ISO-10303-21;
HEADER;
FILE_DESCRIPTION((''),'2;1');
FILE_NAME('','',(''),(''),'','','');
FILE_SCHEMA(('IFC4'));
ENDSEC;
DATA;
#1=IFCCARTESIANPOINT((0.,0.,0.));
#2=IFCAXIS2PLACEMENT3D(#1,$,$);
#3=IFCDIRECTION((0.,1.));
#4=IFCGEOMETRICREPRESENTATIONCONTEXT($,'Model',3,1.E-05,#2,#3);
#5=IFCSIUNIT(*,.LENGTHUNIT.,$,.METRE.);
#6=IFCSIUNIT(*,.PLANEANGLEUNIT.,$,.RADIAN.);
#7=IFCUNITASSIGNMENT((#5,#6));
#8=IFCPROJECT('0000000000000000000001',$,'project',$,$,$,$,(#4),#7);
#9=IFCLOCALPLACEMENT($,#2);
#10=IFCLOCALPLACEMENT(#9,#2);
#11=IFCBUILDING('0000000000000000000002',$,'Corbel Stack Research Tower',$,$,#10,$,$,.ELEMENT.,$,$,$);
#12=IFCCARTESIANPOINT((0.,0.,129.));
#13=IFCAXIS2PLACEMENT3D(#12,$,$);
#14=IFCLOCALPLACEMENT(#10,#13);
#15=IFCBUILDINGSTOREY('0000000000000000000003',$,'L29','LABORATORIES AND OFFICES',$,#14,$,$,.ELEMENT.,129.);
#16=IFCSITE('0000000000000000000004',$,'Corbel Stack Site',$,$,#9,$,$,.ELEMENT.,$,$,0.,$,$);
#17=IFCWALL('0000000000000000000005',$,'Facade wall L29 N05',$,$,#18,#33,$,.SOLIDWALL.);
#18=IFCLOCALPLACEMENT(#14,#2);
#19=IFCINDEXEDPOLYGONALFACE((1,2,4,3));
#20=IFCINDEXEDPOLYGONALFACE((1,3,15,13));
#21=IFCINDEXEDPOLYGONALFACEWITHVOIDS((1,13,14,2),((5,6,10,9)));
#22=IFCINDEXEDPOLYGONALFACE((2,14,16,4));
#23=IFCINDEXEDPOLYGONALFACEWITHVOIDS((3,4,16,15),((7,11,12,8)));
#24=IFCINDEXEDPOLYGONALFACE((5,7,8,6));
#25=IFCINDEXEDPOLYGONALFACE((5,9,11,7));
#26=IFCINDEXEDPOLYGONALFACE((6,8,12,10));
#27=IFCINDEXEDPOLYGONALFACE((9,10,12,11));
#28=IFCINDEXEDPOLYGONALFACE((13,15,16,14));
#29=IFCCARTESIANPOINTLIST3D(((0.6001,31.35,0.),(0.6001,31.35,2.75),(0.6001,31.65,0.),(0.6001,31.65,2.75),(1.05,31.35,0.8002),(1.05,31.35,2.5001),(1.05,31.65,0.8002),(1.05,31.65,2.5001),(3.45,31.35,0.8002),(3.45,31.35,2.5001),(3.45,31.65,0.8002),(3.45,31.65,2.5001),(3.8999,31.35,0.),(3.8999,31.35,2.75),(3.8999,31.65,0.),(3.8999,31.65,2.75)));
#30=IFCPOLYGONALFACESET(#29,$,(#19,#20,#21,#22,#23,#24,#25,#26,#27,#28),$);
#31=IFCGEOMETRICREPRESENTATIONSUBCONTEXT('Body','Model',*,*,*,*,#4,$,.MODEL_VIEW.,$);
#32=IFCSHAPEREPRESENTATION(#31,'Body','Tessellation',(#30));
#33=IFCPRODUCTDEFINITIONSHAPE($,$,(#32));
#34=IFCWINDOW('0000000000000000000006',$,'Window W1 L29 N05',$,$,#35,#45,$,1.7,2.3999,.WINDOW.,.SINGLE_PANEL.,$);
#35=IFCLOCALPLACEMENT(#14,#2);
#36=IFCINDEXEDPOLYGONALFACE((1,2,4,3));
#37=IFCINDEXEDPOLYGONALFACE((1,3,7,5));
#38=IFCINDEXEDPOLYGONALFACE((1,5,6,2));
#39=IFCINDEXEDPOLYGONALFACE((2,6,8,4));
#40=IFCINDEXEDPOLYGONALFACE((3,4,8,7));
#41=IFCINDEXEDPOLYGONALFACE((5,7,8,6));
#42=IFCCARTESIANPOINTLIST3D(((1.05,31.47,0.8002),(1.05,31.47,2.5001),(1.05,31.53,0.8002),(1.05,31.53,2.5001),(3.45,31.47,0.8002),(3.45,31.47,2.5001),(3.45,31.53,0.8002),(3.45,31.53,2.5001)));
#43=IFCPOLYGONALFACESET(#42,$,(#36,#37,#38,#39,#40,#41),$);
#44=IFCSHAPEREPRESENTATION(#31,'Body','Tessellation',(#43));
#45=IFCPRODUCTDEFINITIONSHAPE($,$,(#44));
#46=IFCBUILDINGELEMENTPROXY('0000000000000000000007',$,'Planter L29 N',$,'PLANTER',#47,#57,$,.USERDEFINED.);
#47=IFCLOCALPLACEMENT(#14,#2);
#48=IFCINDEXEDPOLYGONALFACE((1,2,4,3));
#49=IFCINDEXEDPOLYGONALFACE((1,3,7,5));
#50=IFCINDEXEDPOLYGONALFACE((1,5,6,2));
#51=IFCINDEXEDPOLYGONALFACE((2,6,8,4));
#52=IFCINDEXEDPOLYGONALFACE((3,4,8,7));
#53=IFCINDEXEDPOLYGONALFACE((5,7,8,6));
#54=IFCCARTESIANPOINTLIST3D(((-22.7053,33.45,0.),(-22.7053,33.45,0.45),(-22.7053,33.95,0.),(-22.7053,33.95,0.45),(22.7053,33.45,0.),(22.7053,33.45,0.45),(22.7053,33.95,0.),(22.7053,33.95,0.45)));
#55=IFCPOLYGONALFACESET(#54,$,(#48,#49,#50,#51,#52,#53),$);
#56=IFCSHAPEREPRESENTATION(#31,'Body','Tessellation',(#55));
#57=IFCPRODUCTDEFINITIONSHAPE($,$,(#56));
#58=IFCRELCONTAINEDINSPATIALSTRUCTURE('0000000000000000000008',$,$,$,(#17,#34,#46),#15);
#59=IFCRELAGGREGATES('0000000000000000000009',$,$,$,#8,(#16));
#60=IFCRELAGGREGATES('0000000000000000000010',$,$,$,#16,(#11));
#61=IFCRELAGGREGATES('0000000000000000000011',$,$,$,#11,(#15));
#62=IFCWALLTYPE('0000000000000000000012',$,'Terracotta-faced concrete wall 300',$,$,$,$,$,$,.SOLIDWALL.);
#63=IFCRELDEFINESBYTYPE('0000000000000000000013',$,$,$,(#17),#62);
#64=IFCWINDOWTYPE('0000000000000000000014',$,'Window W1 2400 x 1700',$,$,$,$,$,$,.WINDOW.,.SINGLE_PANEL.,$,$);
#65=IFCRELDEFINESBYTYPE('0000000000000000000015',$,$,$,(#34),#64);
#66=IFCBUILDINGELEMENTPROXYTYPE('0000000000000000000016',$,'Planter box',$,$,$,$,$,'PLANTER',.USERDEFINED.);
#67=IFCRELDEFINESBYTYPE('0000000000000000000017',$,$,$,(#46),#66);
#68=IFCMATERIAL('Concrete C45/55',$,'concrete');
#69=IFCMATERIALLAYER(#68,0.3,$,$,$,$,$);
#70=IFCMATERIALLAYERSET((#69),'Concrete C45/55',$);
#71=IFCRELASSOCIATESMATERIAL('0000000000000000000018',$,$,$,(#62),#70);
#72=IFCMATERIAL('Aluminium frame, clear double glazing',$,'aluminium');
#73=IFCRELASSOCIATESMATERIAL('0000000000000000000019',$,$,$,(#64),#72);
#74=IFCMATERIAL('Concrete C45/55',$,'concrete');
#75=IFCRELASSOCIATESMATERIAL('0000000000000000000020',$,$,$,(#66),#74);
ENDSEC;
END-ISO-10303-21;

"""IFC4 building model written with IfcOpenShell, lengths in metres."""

from ifc_helpers import new_model, si_unit, direction, frame, frame_2d, origin, origin_2d, place, context, subcontext, project, spatial, rectangle, extrude, material, layer, layer_set, type_object, element, fill, save


model = new_model("IFC4")

# Units and contexts
model_context = context("Model", 3, precision=1e-05, world=origin(), true_north=direction((0.0, 1.0)))
body_context = subcontext(model_context, "Body", "Model", "MODEL_VIEW")
ifc_project = project(units=[si_unit("LENGTHUNIT", "METRE"), si_unit("PLANEANGLEUNIT", "RADIAN")], contexts=[model_context])

# Site, building, storey
site_placement = place(None, origin())
site = spatial("IfcSite", under=ifc_project, at=site_placement, Name="Corbel Stack Site", CompositionType="ELEMENT", RefElevation=0.0)
building_placement = place(site_placement, origin())
building = spatial("IfcBuilding", under=site, at=building_placement, Name="Corbel Stack Research Tower", CompositionType="ELEMENT")
storey_placement = place(building_placement, frame((0.0, 0.0, 129.0)))
storey = spatial("IfcBuildingStorey", under=building, at=storey_placement, Name="L29", Description="LABORATORIES AND OFFICES", CompositionType="ELEMENT", Elevation=129.0)

# Shared definitions
ifc_material_1 = material(Name="Concrete C45/55", Category="concrete")
ifc_layer_1 = layer(ifc_material_1, 0.3)
ifc_layer_set_1 = layer_set([ifc_layer_1], Name="Concrete C45/55")
wall_type_1 = type_object("IfcWallType", Name="Terracotta-faced concrete wall 300", PredefinedType="SOLIDWALL", material=ifc_layer_set_1)

# Wall, opening, window
ifc_material_2 = material(Name="Aluminium frame, clear double glazing", Category="aluminium")
window_type = type_object("IfcWindowType", Name="Window W1 2400 x 1700", PartitioningType="SINGLE_PANEL", PredefinedType="WINDOW", material=ifc_material_2)
wall_1_placement = place(storey_placement, frame((0.6001, 31.5, 0.0), z_axis=(0.0, 0.0, 1.0), x_axis=(1.0, 0.0, 0.0)))
wall_1 = element("IfcWall", 1, at=wall_1_placement, inside=storey, type_object=wall_type_1, Name="Facade wall L29 N05", PredefinedType="SOLIDWALL", context=body_context, shape_type="SweptSolid", body=[
    extrude(rectangle(XDim=3.2998, YDim=0.3, at=frame_2d((1.6499, 0.0))), origin(), (0.0, 0.0, 1.0), 2.75),
])
opening_1_placement = place(wall_1_placement, frame((0.45, 0.0, 0.8)))
opening_1 = element("IfcOpeningElement", 2, at=opening_1_placement, cuts=wall_1, PredefinedType="OPENING", context=body_context, shape_type="SweptSolid", body=[
    extrude(rectangle(XDim=2.3999, YDim=1.7, at=frame_2d((1.2, 0.8501))), frame((0.0, 0.1599, 0.0), z_axis=(0.0, -1.0, 0.0), x_axis=(1.0, 0.0, 0.0)), (0.0, 0.0, 1.0), 0.3201),
])
window_1_placement = place(opening_1_placement, origin())
window_1 = element("IfcWindow", 3, at=window_1_placement, inside=storey, type_object=window_type, Name="Window W1 L29 N05", OverallHeight=1.7, OverallWidth=2.3999, PartitioningType="SINGLE_PANEL", PredefinedType="WINDOW", context=body_context, shape_type="SweptSolid", body=[
    extrude(rectangle(XDim=2.3999, YDim=1.7, at=frame_2d((1.2, 0.8501))), frame((0.0, 0.03, 0.0), z_axis=(0.0, -1.0, 0.0), x_axis=(1.0, 0.0, 0.0)), (0.0, 0.0, 1.0), 0.0601),
])
fill(opening_1, window_1)

# Building element proxy
ifc_material_3 = material(Name="Concrete C45/55", Category="concrete")
building_element_proxy_type = type_object("IfcBuildingElementProxyType", Name="Planter box", ElementType="PLANTER", PredefinedType="USERDEFINED", material=ifc_material_3)
proxy_placement = place(storey_placement, frame((0.0, 33.7, 0.0), z_axis=(0.0, 0.0, 1.0), x_axis=(-1.0, 0.0, 0.0)))
element("IfcBuildingElementProxy", 4, at=proxy_placement, inside=storey, type_object=building_element_proxy_type, Name="Planter L29 N", ObjectType="PLANTER", PredefinedType="USERDEFINED", context=body_context, shape_type="SweptSolid", body=[
    extrude(rectangle(XDim=45.4106, YDim=0.5, at=origin_2d()), origin(), (0.0, 0.0, 1.0), 0.45),
])

save(model, "model.ifc")
